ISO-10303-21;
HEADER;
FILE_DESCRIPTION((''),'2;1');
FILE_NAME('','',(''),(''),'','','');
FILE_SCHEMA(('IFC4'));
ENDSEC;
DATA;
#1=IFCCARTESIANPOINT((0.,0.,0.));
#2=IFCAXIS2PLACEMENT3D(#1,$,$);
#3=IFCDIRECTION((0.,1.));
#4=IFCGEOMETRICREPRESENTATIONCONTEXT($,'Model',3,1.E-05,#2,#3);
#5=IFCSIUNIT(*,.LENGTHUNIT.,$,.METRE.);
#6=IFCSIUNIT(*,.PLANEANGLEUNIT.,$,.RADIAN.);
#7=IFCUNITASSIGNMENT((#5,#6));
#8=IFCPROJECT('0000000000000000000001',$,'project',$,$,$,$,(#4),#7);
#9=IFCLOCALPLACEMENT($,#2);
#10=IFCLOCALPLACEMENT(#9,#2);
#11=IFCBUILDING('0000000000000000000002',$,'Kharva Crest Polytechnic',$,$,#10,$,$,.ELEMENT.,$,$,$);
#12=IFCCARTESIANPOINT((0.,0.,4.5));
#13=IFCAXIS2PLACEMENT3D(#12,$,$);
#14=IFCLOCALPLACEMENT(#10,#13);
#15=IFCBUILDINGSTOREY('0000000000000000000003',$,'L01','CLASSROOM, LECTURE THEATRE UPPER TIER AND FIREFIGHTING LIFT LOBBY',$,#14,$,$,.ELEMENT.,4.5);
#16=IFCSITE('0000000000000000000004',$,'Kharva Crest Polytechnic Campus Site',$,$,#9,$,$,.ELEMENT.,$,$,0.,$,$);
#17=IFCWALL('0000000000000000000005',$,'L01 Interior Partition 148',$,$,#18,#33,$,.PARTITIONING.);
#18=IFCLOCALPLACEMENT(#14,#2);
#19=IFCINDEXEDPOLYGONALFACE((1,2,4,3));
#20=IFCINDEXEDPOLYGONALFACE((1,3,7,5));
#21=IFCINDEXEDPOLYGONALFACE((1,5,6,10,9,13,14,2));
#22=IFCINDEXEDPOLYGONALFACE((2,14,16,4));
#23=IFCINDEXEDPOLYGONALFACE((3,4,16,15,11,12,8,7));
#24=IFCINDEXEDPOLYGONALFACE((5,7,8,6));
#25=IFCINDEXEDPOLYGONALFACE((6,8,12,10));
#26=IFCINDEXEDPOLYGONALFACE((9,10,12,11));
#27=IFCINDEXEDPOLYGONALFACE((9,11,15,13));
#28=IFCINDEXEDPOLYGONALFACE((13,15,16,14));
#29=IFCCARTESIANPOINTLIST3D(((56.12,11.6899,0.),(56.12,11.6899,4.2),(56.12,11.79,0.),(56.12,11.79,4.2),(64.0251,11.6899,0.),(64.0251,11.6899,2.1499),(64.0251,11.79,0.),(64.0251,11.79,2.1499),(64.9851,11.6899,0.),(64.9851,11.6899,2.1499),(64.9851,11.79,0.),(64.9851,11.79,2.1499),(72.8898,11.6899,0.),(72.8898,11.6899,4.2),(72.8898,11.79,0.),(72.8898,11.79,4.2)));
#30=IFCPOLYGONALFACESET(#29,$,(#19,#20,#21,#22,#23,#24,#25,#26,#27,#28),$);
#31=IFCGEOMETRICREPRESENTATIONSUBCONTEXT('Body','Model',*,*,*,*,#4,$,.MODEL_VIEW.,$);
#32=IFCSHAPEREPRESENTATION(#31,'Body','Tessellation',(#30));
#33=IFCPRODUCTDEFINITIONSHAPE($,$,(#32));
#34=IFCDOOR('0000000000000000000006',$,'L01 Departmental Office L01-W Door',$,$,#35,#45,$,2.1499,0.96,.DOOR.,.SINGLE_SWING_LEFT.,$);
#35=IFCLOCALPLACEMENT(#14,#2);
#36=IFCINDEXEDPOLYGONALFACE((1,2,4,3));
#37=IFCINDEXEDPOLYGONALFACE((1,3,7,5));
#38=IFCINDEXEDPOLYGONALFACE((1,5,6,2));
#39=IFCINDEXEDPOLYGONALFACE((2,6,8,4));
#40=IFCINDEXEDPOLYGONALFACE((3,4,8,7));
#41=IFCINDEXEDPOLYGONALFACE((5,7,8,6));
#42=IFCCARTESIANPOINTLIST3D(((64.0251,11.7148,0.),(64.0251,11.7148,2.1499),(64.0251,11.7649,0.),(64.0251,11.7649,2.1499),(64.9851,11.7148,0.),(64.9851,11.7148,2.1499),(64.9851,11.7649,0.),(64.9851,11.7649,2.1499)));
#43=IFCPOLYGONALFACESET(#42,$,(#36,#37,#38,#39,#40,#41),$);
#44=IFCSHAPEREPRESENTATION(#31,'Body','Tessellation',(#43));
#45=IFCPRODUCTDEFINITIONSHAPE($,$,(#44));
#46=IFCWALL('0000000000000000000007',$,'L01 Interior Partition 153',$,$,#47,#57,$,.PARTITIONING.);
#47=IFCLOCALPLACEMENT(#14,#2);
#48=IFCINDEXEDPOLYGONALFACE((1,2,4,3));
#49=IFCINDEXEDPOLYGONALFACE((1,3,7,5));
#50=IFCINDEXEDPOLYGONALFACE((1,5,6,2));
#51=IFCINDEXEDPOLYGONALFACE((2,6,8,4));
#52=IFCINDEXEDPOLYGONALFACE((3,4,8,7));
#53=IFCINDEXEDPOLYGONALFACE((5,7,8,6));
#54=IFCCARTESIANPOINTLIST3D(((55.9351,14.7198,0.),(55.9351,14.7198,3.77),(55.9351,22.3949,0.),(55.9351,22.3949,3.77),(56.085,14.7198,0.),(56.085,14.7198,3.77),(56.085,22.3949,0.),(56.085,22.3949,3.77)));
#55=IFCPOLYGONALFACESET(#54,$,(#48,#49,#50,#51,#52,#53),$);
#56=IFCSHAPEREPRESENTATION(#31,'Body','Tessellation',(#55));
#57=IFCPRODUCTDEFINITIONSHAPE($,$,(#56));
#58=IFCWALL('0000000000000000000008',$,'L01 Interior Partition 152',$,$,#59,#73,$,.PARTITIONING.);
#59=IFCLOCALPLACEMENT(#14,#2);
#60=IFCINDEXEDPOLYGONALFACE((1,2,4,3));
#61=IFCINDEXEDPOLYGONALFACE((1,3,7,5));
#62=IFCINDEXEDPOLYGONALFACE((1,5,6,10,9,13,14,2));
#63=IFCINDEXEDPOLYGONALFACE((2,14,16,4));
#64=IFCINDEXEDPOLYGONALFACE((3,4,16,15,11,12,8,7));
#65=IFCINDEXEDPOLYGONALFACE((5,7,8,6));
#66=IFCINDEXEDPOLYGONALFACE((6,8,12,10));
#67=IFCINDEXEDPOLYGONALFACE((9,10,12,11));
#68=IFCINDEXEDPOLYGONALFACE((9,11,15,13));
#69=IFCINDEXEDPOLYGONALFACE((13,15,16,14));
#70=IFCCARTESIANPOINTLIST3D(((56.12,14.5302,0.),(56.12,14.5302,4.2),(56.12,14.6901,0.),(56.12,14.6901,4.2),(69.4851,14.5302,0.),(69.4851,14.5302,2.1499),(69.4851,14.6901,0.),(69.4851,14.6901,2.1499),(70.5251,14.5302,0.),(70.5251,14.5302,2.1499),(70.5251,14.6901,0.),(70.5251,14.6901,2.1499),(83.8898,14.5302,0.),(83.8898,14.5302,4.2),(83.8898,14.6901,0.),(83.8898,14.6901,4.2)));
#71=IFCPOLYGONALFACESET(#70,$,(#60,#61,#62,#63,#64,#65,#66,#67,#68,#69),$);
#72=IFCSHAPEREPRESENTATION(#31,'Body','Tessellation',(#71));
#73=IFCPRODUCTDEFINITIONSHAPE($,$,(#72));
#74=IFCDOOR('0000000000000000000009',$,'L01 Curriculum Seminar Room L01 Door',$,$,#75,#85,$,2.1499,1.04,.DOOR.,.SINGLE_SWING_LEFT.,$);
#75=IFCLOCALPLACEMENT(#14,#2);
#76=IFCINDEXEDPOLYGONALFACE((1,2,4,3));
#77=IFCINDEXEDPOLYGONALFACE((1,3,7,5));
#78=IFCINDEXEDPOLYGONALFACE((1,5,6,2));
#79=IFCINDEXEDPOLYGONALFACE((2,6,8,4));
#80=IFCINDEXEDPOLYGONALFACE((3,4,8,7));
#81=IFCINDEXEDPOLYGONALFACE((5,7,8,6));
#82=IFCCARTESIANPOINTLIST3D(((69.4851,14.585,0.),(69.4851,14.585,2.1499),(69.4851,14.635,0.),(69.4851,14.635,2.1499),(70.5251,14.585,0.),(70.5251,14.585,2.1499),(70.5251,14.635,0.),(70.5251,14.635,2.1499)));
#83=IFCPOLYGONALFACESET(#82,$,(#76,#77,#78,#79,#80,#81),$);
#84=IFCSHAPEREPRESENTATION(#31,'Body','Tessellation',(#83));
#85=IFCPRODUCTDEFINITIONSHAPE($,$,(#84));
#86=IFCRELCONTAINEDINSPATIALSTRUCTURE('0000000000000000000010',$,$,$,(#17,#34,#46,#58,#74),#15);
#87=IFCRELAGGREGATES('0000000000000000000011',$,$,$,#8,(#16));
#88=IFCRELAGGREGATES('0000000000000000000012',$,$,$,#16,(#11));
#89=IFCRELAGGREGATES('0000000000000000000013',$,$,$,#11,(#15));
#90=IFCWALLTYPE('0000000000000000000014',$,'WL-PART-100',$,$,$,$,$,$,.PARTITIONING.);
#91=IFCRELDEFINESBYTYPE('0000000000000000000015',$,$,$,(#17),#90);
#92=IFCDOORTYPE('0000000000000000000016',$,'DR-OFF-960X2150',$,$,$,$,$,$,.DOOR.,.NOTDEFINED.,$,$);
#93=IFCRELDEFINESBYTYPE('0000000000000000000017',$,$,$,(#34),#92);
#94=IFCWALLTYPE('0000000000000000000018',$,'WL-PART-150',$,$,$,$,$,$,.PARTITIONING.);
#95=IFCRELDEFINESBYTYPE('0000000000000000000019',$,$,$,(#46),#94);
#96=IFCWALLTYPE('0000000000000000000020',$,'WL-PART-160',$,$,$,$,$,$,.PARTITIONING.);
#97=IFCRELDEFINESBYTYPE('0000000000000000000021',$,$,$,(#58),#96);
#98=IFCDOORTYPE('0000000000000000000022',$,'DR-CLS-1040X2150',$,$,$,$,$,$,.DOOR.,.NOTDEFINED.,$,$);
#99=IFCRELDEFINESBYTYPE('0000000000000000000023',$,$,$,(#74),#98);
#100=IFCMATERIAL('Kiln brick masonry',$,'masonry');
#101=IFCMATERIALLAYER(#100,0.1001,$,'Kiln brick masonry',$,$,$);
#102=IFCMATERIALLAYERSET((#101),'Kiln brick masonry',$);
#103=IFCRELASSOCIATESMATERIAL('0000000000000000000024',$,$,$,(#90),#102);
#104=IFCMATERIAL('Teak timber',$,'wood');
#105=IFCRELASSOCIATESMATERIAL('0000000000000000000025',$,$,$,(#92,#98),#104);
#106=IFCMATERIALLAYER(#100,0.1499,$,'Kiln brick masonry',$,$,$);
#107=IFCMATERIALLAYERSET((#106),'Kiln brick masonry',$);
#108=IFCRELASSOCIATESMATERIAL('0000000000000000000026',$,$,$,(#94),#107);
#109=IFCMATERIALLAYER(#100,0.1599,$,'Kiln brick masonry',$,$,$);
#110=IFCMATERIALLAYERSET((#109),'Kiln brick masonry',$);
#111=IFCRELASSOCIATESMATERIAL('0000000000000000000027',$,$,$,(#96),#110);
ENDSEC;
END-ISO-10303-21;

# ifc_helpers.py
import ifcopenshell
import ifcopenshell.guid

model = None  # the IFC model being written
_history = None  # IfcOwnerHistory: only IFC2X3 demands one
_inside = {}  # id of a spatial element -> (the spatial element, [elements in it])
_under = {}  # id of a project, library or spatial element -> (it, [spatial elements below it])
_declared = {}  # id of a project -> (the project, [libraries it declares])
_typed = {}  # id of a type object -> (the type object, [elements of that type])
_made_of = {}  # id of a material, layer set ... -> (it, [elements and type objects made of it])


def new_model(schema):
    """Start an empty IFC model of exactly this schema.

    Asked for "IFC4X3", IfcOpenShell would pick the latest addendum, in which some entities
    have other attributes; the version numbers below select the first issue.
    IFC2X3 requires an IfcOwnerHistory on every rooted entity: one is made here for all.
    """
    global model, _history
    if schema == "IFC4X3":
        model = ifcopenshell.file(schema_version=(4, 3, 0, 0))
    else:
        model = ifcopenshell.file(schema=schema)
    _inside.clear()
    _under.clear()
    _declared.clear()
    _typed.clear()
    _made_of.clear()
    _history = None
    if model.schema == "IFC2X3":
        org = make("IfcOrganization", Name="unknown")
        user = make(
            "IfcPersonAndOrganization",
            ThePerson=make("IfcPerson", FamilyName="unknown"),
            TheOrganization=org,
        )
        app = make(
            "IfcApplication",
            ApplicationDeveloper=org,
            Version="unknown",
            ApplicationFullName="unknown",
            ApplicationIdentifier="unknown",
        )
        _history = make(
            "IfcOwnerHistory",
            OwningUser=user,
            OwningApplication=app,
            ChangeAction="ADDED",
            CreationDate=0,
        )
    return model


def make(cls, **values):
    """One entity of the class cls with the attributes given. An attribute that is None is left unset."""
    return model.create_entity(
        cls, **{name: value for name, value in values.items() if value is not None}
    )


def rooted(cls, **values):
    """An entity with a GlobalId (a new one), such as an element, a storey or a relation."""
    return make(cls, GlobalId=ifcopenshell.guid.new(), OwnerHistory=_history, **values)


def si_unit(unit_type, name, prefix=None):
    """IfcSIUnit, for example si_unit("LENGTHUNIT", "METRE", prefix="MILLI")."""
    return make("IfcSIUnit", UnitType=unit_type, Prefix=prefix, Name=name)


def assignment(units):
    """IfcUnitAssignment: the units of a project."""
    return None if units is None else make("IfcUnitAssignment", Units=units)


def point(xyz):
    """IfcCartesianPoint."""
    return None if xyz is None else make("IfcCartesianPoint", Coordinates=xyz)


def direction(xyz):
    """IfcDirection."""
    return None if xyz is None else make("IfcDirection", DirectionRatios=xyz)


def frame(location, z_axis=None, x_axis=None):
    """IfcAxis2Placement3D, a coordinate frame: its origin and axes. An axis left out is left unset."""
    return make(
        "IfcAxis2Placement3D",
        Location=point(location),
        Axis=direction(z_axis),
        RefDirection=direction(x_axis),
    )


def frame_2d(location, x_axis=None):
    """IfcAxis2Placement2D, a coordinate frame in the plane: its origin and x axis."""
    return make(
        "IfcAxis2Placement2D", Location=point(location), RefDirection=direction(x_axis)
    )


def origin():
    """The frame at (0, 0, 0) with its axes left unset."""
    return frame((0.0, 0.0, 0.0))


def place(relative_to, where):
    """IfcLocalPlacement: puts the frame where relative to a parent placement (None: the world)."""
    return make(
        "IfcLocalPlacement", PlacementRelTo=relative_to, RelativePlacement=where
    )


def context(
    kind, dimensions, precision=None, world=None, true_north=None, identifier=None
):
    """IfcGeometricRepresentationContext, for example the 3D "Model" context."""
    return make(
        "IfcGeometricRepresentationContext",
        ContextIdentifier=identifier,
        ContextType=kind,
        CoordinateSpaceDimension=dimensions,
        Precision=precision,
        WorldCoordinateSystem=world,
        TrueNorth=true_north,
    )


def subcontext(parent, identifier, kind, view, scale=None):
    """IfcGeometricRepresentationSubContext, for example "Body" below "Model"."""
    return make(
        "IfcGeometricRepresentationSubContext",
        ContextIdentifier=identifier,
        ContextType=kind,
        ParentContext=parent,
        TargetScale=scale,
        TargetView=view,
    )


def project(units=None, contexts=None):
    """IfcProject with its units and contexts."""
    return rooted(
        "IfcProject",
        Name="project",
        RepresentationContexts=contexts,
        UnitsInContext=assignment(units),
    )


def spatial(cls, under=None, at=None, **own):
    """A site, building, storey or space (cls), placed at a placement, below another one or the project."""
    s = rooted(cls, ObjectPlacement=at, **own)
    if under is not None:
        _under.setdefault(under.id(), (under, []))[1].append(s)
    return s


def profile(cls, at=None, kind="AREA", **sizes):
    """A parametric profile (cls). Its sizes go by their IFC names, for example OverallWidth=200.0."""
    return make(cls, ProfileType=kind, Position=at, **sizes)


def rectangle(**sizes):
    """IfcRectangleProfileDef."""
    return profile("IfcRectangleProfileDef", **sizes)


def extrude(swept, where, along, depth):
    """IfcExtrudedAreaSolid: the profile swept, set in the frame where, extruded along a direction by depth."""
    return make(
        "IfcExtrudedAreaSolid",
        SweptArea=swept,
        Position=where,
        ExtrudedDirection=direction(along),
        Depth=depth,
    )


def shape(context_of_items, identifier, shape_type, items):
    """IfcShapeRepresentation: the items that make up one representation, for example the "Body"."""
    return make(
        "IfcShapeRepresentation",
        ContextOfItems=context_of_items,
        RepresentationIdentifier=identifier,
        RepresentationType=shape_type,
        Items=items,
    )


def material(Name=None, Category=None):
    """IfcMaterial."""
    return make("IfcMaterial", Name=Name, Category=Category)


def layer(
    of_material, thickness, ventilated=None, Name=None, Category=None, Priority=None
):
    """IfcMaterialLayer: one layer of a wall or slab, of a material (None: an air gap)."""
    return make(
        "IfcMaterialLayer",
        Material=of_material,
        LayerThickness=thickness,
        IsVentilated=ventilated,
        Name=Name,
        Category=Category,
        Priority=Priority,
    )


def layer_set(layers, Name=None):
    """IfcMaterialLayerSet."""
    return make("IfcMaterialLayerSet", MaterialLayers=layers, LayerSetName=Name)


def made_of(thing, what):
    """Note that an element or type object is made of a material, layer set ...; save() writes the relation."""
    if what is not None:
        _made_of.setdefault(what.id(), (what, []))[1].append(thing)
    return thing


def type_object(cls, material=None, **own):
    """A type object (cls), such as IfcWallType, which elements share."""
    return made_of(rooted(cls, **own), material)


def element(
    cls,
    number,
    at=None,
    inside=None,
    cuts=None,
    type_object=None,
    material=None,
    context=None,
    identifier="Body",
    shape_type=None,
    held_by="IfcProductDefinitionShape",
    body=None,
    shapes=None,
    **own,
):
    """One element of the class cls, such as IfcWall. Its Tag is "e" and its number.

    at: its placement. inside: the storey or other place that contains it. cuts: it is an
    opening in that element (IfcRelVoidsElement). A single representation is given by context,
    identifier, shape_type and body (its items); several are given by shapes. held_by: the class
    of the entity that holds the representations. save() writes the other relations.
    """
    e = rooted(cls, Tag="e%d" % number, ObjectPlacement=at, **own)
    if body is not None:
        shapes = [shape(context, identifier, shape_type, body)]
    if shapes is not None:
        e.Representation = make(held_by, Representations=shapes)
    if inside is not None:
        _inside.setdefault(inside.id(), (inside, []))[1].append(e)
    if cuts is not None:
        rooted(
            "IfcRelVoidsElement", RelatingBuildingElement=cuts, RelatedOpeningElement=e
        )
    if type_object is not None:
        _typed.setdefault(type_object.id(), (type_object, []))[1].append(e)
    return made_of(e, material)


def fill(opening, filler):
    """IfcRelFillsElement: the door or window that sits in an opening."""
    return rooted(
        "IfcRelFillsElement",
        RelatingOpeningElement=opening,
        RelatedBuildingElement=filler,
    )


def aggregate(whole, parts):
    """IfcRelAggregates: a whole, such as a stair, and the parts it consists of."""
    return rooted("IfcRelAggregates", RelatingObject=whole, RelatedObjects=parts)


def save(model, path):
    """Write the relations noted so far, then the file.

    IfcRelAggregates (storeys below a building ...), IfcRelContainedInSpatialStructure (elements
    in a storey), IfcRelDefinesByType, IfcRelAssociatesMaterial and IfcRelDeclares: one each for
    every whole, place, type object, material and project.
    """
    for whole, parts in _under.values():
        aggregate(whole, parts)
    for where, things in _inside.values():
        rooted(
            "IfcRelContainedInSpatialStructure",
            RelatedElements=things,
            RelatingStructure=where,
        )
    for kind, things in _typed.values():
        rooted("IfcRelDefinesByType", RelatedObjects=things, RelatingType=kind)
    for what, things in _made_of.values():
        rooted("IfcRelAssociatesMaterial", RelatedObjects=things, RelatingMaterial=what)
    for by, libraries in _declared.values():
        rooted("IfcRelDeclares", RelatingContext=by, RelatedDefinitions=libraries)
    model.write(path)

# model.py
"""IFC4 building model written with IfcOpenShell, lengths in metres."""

from ifc_helpers import new_model, si_unit, direction, frame, frame_2d, origin, place, context, subcontext, project, spatial, rectangle, extrude, material, layer, layer_set, type_object, element, fill, save


model = new_model("IFC4")

# Units and contexts
model_context = context("Model", 3, precision=1e-05, world=origin(), true_north=direction((0.0, 1.0)))
body_context = subcontext(model_context, "Body", "Model", "MODEL_VIEW")
ifc_project = project(units=[si_unit("LENGTHUNIT", "METRE"), si_unit("PLANEANGLEUNIT", "RADIAN")], contexts=[model_context])

# Site, building, storey
site_placement = place(None, origin())
site = spatial("IfcSite", under=ifc_project, at=site_placement, Name="Kharva Crest Polytechnic Campus Site", CompositionType="ELEMENT", RefElevation=0.0)
building_placement = place(site_placement, origin())
building = spatial("IfcBuilding", under=site, at=building_placement, Name="Kharva Crest Polytechnic", CompositionType="ELEMENT")
storey_placement = place(building_placement, frame((0.0, 0.0, 4.5)))
storey = spatial("IfcBuildingStorey", under=building, at=storey_placement, Name="L01", Description="CLASSROOM, LECTURE THEATRE UPPER TIER AND FIREFIGHTING LIFT LOBBY", CompositionType="ELEMENT", Elevation=4.5)

# Shared definitions
ifc_material_1 = material(Name="Kiln brick masonry", Category="masonry")

# Wall, opening, door
ifc_layer_1 = layer(ifc_material_1, 0.1001, Name="Kiln brick masonry")
ifc_layer_set_1 = layer_set([ifc_layer_1], Name="Kiln brick masonry")
wall_type_1 = type_object("IfcWallType", Name="WL-PART-100", PredefinedType="PARTITIONING", material=ifc_layer_set_1)
wall_1_placement = place(storey_placement, frame((56.1201, 11.74, 0.0), z_axis=(0.0, 0.0, 1.0), x_axis=(1.0, 0.0, 0.0)))
wall_1 = element("IfcWall", 1, at=wall_1_placement, inside=storey, type_object=wall_type_1, Name="L01 Interior Partition 148", PredefinedType="PARTITIONING", context=body_context, shape_type="SweptSolid", body=[
    extrude(rectangle(XDim=16.7698, YDim=0.1001, at=frame_2d((8.3848, 0.0))), origin(), (0.0, 0.0, 1.0), 4.2),
])
opening_1_placement = place(wall_1_placement, frame((7.905, 0.0, 0.0)))
opening_1 = element("IfcOpeningElement", 2, at=opening_1_placement, cuts=wall_1, PredefinedType="OPENING", context=body_context, shape_type="SweptSolid", body=[
    extrude(rectangle(XDim=0.96, YDim=2.1499, at=frame_2d((0.48, 1.075))), frame((0.0, 0.0601, 0.0), z_axis=(0.0, -1.0, 0.0), x_axis=(1.0, 0.0, 0.0)), (0.0, 0.0, 1.0), 0.1201),
])
ifc_material_2 = material(Name="Teak timber", Category="wood")
door_type_1 = type_object("IfcDoorType", Name="DR-OFF-960X2150", OperationType="NOTDEFINED", PredefinedType="DOOR", material=ifc_material_2)
door_1_placement = place(opening_1_placement, origin())
door_1 = element("IfcDoor", 3, at=door_1_placement, inside=storey, type_object=door_type_1, Name="L01 Departmental Office L01-W Door", OperationType="SINGLE_SWING_LEFT", OverallHeight=2.1499, OverallWidth=0.96, PredefinedType="DOOR", context=body_context, shape_type="SweptSolid", body=[
    extrude(rectangle(XDim=0.96, YDim=2.1499, at=frame_2d((0.48, 1.075))), frame((0.0, 0.0249, 0.0), z_axis=(0.0, -1.0, 0.0), x_axis=(1.0, 0.0, 0.0)), (0.0, 0.0, 1.0), 0.05),
])
fill(opening_1, door_1)

# Wall
ifc_layer_2 = layer(ifc_material_1, 0.1499, Name="Kiln brick masonry")
ifc_layer_set_2 = layer_set([ifc_layer_2], Name="Kiln brick masonry")
wall_type_2 = type_object("IfcWallType", Name="WL-PART-150", PredefinedType="PARTITIONING", material=ifc_layer_set_2)
wall_2_placement = place(storey_placement, frame((56.01, 14.72, 0.0), z_axis=(0.0, 0.0, 1.0), x_axis=(0.0, 1.0, 0.0)))
element("IfcWall", 4, at=wall_2_placement, inside=storey, type_object=wall_type_2, Name="L01 Interior Partition 153", PredefinedType="PARTITIONING", context=body_context, shape_type="SweptSolid", body=[
    extrude(rectangle(XDim=7.675, YDim=0.1499, at=frame_2d((3.8374, 0.0))), origin(), (0.0, 0.0, 1.0), 3.77),
])

# Wall, opening, door
ifc_layer_3 = layer(ifc_material_1, 0.1599, Name="Kiln brick masonry")
ifc_layer_set_3 = layer_set([ifc_layer_3], Name="Kiln brick masonry")
wall_type_3 = type_object("IfcWallType", Name="WL-PART-160", PredefinedType="PARTITIONING", material=ifc_layer_set_3)
wall_3_placement = place(storey_placement, frame((56.1201, 14.6101, 0.0), z_axis=(0.0, 0.0, 1.0), x_axis=(1.0, 0.0, 0.0)))
wall_3 = element("IfcWall", 5, at=wall_3_placement, inside=storey, type_object=wall_type_3, Name="L01 Interior Partition 152", PredefinedType="PARTITIONING", context=body_context, shape_type="SweptSolid", body=[
    extrude(rectangle(XDim=27.7698, YDim=0.1599, at=frame_2d((13.8848, 0.0))), origin(), (0.0, 0.0, 1.0), 4.2),
])
opening_2_placement = place(wall_3_placement, frame((13.365, 0.0, 0.0)))
opening_2 = element("IfcOpeningElement", 6, at=opening_2_placement, cuts=wall_3, PredefinedType="OPENING", context=body_context, shape_type="SweptSolid", body=[
    extrude(rectangle(XDim=1.04, YDim=2.1499, at=frame_2d((0.52, 1.075))), frame((0.0, 0.0898, 0.0), z_axis=(0.0, -1.0, 0.0), x_axis=(1.0, 0.0, 0.0)), (0.0, 0.0, 1.0), 0.1799),
])
door_type_2 = type_object("IfcDoorType", Name="DR-CLS-1040X2150", OperationType="NOTDEFINED", PredefinedType="DOOR", material=ifc_material_2)
door_2_placement = place(opening_2_placement, origin())
door_2 = element("IfcDoor", 7, at=door_2_placement, inside=storey, type_object=door_type_2, Name="L01 Curriculum Seminar Room L01 Door", OperationType="SINGLE_SWING_LEFT", OverallHeight=2.1499, OverallWidth=1.04, PredefinedType="DOOR", context=body_context, shape_type="SweptSolid", body=[
    extrude(rectangle(XDim=1.04, YDim=2.1499, at=frame_2d((0.52, 1.075))), frame((0.0, 0.0249, 0.0), z_axis=(0.0, -1.0, 0.0), x_axis=(1.0, 0.0, 0.0)), (0.0, 0.0, 1.0), 0.05),
])
fill(opening_2, door_2)

save(model, "model.ifc")
